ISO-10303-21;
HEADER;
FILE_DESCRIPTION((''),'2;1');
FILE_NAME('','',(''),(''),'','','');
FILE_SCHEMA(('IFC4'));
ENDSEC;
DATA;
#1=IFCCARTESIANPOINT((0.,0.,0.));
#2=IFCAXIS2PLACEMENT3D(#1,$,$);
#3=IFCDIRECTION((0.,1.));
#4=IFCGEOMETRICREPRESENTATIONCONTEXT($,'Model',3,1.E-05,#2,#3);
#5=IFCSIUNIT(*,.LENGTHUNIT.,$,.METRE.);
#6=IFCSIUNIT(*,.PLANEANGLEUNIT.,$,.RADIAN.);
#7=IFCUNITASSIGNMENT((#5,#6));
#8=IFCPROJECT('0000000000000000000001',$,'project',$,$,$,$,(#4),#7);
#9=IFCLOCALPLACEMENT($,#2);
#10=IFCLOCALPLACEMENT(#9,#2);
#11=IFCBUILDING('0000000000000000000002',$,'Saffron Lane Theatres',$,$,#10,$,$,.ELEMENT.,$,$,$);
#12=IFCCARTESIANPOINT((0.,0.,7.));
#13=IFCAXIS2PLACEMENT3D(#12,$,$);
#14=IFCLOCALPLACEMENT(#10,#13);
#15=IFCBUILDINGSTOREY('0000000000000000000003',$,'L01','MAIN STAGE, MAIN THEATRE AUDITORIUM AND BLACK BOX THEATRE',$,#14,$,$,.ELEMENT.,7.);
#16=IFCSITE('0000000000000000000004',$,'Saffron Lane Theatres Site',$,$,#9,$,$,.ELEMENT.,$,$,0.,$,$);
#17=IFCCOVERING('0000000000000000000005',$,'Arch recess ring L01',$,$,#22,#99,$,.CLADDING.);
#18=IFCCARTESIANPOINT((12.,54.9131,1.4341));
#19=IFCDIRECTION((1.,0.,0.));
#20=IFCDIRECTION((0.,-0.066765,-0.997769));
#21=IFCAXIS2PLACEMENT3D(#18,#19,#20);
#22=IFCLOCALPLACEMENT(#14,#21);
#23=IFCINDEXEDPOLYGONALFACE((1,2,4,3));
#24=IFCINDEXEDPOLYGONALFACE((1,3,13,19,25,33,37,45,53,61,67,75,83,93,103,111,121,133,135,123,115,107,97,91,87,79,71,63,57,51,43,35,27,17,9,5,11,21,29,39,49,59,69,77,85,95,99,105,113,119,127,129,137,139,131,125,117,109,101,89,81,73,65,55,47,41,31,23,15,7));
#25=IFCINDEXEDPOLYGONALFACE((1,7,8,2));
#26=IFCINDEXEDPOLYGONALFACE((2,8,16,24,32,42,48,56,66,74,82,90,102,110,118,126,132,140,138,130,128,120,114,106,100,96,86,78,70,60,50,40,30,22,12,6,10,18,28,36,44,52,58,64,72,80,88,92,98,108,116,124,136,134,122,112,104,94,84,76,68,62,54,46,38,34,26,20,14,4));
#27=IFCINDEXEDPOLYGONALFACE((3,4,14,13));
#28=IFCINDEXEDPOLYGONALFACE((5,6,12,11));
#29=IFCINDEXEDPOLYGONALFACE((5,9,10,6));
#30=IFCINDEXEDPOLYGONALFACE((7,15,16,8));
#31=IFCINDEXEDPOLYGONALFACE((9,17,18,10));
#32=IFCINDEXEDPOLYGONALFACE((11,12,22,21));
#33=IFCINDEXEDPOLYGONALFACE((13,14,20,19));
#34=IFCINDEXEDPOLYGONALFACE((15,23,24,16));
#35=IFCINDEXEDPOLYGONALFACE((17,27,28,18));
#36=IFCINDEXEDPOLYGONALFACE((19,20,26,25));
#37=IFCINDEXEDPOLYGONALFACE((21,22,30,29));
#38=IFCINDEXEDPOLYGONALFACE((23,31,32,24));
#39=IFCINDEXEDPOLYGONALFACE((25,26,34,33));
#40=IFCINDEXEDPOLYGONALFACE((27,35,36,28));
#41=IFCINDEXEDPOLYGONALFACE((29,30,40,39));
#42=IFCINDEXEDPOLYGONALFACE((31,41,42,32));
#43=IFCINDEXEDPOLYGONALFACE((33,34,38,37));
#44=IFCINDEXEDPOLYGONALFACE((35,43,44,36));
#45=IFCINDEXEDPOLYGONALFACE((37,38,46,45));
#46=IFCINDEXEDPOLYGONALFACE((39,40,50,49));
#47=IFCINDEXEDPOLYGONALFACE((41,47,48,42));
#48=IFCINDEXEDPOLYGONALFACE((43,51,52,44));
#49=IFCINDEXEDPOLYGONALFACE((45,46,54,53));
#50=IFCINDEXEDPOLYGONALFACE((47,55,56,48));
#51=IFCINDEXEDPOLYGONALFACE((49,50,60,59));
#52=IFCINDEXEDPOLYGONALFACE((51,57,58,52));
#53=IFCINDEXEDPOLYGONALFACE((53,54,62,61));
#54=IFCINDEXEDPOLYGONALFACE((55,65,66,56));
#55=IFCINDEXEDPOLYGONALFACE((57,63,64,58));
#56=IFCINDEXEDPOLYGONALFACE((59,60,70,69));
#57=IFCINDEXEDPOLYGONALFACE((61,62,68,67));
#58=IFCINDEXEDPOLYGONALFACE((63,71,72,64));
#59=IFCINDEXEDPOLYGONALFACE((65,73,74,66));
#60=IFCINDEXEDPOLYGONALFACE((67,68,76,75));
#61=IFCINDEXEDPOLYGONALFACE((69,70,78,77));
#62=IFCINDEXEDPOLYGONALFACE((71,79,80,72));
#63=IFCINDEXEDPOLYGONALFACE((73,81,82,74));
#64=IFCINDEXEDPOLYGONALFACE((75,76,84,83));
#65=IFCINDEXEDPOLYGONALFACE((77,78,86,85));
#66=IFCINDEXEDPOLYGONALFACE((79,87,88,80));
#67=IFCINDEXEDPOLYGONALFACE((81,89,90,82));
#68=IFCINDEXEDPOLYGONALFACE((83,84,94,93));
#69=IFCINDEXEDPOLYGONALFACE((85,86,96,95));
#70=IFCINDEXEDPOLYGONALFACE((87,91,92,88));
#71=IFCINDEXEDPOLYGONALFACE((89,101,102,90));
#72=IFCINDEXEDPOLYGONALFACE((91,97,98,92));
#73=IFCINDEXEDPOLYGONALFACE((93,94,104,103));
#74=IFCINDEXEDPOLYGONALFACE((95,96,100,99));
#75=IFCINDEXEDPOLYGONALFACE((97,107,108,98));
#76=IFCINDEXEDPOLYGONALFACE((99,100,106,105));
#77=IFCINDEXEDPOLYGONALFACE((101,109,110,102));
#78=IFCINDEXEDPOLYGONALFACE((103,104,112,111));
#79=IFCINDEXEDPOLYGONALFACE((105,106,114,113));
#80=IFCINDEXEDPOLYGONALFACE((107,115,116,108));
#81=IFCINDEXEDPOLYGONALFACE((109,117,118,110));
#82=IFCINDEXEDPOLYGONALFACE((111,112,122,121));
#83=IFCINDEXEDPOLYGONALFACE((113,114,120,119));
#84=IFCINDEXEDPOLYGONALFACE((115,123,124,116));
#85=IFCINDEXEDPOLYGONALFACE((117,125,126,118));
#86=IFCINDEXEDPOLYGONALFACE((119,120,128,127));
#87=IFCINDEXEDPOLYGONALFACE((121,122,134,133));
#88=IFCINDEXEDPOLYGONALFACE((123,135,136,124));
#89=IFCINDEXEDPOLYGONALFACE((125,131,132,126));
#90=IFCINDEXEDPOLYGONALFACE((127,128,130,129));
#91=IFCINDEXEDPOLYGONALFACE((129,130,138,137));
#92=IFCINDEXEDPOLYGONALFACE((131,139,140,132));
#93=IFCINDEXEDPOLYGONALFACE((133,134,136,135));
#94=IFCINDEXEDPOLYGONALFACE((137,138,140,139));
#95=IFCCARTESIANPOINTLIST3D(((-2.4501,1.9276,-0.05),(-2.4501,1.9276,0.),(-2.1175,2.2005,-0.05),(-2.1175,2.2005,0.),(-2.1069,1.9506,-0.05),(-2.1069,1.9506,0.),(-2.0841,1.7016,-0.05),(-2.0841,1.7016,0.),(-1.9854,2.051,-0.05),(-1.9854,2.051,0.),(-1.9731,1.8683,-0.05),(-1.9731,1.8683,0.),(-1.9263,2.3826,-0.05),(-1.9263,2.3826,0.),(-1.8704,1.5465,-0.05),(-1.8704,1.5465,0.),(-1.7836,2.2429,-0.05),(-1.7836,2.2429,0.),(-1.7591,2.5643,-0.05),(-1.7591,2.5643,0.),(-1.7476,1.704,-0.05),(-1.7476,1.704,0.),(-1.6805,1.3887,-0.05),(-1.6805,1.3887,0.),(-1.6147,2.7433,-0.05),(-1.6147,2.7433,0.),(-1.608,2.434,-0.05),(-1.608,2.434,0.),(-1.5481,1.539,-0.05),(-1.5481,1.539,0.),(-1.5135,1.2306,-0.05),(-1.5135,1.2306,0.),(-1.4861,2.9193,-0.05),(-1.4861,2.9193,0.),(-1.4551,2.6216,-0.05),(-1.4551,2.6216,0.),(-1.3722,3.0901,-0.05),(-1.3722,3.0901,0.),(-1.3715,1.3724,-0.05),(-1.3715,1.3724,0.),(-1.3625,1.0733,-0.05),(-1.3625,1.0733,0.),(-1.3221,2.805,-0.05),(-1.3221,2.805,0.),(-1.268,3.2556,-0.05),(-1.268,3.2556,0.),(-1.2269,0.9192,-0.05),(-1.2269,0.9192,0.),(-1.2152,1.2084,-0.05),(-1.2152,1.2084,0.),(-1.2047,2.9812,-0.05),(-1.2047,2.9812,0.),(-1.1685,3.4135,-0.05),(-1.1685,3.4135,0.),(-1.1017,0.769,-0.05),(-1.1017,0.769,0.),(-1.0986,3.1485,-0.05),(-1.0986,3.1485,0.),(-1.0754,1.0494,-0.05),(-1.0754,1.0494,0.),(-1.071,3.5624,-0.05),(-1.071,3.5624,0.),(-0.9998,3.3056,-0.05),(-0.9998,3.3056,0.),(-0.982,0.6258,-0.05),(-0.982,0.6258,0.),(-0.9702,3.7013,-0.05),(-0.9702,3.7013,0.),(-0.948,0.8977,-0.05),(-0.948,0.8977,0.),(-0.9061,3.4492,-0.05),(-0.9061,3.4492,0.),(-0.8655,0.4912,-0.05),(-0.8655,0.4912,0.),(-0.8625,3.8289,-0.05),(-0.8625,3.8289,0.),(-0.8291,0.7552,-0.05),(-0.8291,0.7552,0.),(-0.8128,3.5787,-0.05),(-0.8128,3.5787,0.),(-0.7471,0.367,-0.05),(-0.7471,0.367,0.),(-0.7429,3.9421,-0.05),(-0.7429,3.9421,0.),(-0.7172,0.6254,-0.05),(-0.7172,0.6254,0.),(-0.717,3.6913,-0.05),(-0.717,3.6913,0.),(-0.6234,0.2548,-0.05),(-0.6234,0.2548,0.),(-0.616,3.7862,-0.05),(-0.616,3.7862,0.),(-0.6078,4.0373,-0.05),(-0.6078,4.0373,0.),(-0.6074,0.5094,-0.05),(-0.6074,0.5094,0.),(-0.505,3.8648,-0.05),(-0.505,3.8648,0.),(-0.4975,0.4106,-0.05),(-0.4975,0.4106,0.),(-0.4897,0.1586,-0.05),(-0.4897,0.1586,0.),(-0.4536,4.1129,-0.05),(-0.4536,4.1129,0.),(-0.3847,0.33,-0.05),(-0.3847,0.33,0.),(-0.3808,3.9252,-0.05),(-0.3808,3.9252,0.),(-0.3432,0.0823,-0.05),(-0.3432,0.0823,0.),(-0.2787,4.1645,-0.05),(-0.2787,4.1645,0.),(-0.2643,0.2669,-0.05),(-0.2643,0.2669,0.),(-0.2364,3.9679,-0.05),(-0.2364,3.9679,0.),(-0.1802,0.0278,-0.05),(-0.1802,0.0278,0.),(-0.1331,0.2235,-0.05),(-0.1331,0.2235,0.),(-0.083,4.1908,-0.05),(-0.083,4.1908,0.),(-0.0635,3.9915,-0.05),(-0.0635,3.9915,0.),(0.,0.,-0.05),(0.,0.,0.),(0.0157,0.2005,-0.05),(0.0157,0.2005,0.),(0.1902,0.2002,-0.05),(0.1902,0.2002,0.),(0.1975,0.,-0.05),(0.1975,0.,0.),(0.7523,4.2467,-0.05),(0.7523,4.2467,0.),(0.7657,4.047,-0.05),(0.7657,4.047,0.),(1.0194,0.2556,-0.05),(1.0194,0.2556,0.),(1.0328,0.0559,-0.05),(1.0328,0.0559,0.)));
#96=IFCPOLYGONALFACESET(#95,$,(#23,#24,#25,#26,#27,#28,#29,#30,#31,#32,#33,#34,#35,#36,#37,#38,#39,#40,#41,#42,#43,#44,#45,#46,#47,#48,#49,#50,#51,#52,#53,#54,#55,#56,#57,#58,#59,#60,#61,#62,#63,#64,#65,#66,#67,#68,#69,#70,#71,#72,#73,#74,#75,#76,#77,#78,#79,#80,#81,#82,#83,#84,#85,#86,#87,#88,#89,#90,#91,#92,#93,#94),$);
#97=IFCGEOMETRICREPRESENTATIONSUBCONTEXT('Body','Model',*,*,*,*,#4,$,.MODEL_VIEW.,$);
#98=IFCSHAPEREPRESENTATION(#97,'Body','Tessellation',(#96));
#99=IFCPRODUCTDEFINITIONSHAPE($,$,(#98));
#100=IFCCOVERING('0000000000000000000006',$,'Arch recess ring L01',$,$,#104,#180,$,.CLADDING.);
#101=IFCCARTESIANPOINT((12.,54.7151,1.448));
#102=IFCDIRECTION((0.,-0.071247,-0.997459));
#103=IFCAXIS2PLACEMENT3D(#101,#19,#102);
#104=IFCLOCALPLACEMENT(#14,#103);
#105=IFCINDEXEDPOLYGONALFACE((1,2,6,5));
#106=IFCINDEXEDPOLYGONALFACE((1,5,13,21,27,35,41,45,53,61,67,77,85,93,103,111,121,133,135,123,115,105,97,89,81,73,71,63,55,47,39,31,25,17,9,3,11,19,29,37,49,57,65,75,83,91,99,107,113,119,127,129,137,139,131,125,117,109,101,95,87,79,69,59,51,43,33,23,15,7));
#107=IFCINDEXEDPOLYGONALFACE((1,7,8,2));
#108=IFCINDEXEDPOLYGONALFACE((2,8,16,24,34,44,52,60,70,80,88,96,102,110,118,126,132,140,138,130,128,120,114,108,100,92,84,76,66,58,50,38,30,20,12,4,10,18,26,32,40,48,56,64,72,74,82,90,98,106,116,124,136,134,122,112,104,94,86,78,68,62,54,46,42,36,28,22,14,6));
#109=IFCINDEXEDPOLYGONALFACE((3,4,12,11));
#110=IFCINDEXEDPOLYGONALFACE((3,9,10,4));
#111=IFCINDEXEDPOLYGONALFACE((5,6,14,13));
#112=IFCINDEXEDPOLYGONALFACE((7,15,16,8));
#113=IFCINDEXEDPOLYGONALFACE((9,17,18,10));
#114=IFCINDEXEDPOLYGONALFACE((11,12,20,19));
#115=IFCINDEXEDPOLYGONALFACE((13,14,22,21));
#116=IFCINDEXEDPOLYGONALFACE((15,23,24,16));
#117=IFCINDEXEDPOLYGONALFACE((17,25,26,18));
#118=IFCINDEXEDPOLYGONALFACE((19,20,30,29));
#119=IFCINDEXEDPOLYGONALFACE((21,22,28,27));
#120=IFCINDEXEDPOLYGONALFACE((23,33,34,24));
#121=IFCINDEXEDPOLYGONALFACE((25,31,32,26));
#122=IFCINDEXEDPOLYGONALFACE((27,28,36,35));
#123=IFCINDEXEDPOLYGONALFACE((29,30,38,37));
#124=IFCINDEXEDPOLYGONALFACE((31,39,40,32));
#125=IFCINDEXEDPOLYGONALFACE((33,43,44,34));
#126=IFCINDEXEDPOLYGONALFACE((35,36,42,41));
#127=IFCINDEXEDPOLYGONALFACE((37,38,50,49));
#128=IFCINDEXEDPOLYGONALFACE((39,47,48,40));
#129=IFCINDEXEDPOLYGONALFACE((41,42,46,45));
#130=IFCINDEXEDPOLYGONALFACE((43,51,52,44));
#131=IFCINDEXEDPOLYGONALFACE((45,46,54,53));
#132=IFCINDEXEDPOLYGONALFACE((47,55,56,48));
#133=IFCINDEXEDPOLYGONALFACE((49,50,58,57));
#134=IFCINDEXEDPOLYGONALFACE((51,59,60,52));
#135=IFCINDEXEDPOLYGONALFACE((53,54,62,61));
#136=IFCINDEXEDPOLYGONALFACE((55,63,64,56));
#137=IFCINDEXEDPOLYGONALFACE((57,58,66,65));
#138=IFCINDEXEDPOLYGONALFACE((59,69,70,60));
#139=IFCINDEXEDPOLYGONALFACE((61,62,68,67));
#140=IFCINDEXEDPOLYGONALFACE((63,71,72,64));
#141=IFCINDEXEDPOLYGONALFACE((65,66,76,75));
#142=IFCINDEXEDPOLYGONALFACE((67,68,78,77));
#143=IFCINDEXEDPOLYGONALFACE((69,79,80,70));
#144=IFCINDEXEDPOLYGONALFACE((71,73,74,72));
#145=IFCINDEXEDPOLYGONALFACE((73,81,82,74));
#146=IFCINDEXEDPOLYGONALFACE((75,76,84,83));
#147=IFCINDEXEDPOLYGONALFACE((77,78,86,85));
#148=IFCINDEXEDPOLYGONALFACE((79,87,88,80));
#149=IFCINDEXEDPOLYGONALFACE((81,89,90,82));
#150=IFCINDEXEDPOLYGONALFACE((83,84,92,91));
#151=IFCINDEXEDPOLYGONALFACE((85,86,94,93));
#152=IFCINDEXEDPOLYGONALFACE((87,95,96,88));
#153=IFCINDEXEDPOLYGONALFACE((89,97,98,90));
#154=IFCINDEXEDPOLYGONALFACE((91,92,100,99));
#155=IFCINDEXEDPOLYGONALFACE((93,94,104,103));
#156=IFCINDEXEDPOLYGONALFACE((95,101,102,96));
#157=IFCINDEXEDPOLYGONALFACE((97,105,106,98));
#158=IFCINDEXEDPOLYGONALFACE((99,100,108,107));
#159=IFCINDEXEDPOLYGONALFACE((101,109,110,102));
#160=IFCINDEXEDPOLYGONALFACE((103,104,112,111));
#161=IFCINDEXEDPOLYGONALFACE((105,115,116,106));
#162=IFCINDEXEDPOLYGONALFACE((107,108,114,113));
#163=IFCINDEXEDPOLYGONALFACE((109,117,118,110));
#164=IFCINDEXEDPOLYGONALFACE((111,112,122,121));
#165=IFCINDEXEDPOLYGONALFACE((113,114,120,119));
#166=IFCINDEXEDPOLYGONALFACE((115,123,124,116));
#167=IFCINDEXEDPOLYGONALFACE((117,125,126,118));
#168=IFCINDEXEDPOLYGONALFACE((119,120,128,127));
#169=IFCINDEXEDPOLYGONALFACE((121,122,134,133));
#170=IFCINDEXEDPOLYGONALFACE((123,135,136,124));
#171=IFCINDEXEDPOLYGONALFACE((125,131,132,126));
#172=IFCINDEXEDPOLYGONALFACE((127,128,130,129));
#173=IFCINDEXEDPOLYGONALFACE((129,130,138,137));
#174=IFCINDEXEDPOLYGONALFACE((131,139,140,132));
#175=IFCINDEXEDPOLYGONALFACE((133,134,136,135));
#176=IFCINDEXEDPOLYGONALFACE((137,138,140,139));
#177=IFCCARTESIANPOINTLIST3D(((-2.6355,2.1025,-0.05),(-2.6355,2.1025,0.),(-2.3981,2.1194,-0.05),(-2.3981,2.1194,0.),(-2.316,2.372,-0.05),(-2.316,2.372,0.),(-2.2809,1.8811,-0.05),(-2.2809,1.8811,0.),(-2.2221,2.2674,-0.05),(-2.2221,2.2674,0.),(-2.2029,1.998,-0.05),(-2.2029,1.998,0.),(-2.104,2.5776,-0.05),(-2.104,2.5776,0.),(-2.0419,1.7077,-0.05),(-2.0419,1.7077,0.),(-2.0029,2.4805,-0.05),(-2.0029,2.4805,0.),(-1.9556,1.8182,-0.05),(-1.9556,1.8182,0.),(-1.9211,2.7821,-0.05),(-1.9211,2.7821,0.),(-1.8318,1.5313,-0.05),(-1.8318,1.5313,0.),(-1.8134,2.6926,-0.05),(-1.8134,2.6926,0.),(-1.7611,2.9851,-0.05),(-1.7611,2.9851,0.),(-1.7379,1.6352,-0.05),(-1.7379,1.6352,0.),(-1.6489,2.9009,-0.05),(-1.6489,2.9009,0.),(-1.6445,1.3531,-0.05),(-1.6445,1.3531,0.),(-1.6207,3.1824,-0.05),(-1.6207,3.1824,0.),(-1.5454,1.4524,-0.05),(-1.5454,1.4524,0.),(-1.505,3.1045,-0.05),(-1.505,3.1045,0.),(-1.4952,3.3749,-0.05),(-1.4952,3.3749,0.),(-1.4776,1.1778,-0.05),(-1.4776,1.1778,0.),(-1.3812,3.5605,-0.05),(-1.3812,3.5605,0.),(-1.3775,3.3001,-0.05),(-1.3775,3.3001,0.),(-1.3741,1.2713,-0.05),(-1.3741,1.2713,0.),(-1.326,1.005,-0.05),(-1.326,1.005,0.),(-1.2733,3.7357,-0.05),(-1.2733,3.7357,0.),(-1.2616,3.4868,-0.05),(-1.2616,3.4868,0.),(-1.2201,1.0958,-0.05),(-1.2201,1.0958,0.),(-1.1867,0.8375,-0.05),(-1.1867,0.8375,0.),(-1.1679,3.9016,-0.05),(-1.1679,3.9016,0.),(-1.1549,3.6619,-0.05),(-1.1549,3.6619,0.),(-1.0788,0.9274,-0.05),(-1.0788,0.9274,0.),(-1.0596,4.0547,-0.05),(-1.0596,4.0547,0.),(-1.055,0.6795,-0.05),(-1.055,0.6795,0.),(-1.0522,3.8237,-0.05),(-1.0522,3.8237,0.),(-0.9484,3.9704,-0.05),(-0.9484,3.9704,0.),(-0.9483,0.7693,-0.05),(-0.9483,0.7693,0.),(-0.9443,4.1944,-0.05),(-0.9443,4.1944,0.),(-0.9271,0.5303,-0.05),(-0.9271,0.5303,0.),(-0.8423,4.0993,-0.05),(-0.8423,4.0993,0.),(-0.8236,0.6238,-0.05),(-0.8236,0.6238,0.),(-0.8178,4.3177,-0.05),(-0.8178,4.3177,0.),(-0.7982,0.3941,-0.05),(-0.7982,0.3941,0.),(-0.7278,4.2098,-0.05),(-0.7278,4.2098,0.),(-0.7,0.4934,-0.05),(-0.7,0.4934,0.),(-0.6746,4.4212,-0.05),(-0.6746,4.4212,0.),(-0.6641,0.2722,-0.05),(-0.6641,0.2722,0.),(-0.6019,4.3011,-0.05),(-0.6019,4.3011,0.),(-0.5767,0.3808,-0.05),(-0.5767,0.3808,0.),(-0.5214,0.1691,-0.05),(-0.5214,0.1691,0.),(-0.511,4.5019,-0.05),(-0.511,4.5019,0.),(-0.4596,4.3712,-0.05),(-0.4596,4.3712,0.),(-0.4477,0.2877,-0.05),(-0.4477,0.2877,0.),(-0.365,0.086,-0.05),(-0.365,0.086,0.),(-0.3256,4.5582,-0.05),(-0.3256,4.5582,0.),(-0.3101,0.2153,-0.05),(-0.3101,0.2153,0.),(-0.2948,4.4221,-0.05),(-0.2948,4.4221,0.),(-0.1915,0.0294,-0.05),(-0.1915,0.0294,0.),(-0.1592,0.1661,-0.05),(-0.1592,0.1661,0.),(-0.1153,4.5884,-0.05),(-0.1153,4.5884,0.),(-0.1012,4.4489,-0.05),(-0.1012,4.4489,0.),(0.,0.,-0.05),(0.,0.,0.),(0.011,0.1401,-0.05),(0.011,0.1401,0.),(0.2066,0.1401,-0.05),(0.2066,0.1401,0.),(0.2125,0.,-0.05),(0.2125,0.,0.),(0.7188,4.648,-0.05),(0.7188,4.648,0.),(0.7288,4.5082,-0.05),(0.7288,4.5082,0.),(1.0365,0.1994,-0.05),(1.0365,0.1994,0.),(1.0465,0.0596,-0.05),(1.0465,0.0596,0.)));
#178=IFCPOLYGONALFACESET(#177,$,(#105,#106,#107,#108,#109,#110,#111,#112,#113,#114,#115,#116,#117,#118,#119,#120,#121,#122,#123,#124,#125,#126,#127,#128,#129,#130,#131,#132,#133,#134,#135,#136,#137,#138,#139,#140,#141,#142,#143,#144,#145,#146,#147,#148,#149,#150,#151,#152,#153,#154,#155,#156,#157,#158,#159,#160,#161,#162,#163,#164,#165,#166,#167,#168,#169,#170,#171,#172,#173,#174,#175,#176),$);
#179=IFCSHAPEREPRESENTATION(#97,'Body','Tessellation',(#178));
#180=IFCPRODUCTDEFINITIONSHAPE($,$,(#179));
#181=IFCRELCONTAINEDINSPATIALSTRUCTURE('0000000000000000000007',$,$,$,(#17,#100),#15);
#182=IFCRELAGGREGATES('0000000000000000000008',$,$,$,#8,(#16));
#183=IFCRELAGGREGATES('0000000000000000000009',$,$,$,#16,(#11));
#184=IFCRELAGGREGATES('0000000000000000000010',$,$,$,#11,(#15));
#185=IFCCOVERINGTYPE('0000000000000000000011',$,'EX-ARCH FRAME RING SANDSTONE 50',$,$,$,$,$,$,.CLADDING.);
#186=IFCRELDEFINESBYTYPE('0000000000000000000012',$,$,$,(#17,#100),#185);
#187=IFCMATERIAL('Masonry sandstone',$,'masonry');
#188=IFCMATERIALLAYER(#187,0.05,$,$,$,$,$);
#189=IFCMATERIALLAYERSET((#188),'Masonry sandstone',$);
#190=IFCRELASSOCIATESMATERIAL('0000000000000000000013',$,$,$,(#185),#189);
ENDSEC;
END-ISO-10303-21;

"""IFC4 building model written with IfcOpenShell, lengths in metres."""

from ifc_helpers import new_model, si_unit, direction, frame, origin, place, context, subcontext, project, spatial, polyline, outline, extrude, material, layer, layer_set, type_object, element, save


model = new_model("IFC4")

# Units and contexts
model_context = context("Model", 3, precision=1e-05, world=origin(), true_north=direction((0.0, 1.0)))
body_context = subcontext(model_context, "Body", "Model", "MODEL_VIEW")
ifc_project = project(units=[si_unit("LENGTHUNIT", "METRE"), si_unit("PLANEANGLEUNIT", "RADIAN")], contexts=[model_context])

# Site, building, storey
site_placement = place(None, origin())
site = spatial("IfcSite", under=ifc_project, at=site_placement, Name="Saffron Lane Theatres Site", CompositionType="ELEMENT", RefElevation=0.0)
building_placement = place(site_placement, origin())
building = spatial("IfcBuilding", under=site, at=building_placement, Name="Saffron Lane Theatres", CompositionType="ELEMENT")
storey_placement = place(building_placement, frame((0.0, 0.0, 7.0)))
storey = spatial("IfcBuildingStorey", under=building, at=storey_placement, Name="L01", Description="MAIN STAGE, MAIN THEATRE AUDITORIUM AND BLACK BOX THEATRE", CompositionType="ELEMENT", Elevation=7.0)

# Coverings
ifc_material_1 = material(Name="Masonry sandstone", Category="masonry")
ifc_layer_1 = layer(ifc_material_1, 0.05)
ifc_layer_set_1 = layer_set([ifc_layer_1], Name="Masonry sandstone")
covering_type_1 = type_object("IfcCoveringType", Name="EX-ARCH FRAME RING SANDSTONE 50", PredefinedType="CLADDING", material=ifc_layer_set_1)
covering_1_placement = place(storey_placement, frame((12.0, 54.9131, 1.4341), z_axis=(1.0, 0.0, 0.0), x_axis=(0.0, -0.066765, -0.997769)))
element("IfcCovering", 1, at=covering_1_placement, inside=storey, type_object=covering_type_1, Name="Arch recess ring L01", PredefinedType="CLADDING", context=body_context, shape_type="SweptSolid", body=[
    extrude(outline(polyline([(0.0, 0.0), (0.1975, 0.0), (1.0328, 0.0559), (1.0194, 0.2556), (0.1902, 0.2002), (0.0157, 0.2005), (-0.1331, 0.2235), (-0.2643, 0.2669), (-0.3847, 0.33), (-0.4975, 0.4106), (-0.6074, 0.5094), (-0.7172, 0.6254), (-0.8291, 0.7552), (-0.948, 0.8977), (-1.0754, 1.0494), (-1.2152, 1.2084), (-1.3715, 1.3724), (-1.5481, 1.539), (-1.7476, 1.704), (-1.9731, 1.8683), (-2.1069, 1.9506), (-1.9854, 2.051), (-1.7836, 2.2429), (-1.608, 2.434), (-1.4551, 2.6216), (-1.3221, 2.805), (-1.2047, 2.9812), (-1.0986, 3.1485), (-0.9998, 3.3056), (-0.9061, 3.4492), (-0.8128, 3.5787), (-0.717, 3.6913), (-0.616, 3.7862), (-0.505, 3.8648), (-0.3808, 3.9252), (-0.2364, 3.9679), (-0.0635, 3.9915), (0.7657, 4.047), (0.7523, 4.2467), (-0.083, 4.1908), (-0.2787, 4.1645), (-0.4536, 4.1129), (-0.6078, 4.0373), (-0.7429, 3.9421), (-0.8625, 3.8289), (-0.9702, 3.7013), (-1.071, 3.5624), (-1.1685, 3.4135), (-1.268, 3.2556), (-1.3722, 3.0901), (-1.4861, 2.9193), (-1.6147, 2.7433), (-1.7591, 2.5643), (-1.9263, 2.3826), (-2.1175, 2.2005), (-2.4501, 1.9276), (-2.0841, 1.7016), (-1.8704, 1.5465), (-1.6805, 1.3887), (-1.5135, 1.2306), (-1.3625, 1.0733), (-1.2269, 0.9192), (-1.1017, 0.769), (-0.982, 0.6258), (-0.8655, 0.4912), (-0.7471, 0.367), (-0.6234, 0.2548), (-0.4897, 0.1586), (-0.3432, 0.0823), (-0.1802, 0.0278), (0.0, 0.0)])), origin(), (0.0, 0.0, -1.0), 0.05),
])
covering_2_placement = place(storey_placement, frame((12.0, 54.7151, 1.448), z_axis=(1.0, 0.0, 0.0), x_axis=(0.0, -0.071247, -0.997459)))
element("IfcCovering", 2, at=covering_2_placement, inside=storey, type_object=covering_type_1, Name="Arch recess ring L01", PredefinedType="CLADDING", context=body_context, shape_type="SweptSolid", body=[
    extrude(outline(polyline([(0.0, 0.0), (0.2125, 0.0), (1.0465, 0.0596), (1.0365, 0.1994), (0.2066, 0.1401), (0.011, 0.1401), (-0.1592, 0.1661), (-0.3101, 0.2153), (-0.4477, 0.2877), (-0.5767, 0.3808), (-0.7, 0.4934), (-0.8236, 0.6238), (-0.9483, 0.7693), (-1.0788, 0.9274), (-1.2201, 1.0958), (-1.3741, 1.2713), (-1.5454, 1.4524), (-1.7379, 1.6352), (-1.9556, 1.8182), (-2.2029, 1.998), (-2.3981, 2.1194), (-2.2221, 2.2674), (-2.0029, 2.4805), (-1.8134, 2.6926), (-1.6489, 2.9009), (-1.505, 3.1045), (-1.3775, 3.3001), (-1.2616, 3.4868), (-1.1549, 3.6619), (-1.0522, 3.8237), (-0.9484, 3.9704), (-0.8423, 4.0993), (-0.7278, 4.2098), (-0.6019, 4.3011), (-0.4596, 4.3712), (-0.2948, 4.4221), (-0.1012, 4.4489), (0.7288, 4.5082), (0.7188, 4.648), (-0.1153, 4.5884), (-0.3256, 4.5582), (-0.511, 4.5019), (-0.6746, 4.4212), (-0.8178, 4.3177), (-0.9443, 4.1944), (-1.0596, 4.0547), (-1.1679, 3.9016), (-1.2733, 3.7357), (-1.3812, 3.5605), (-1.4952, 3.3749), (-1.6207, 3.1824), (-1.7611, 2.9851), (-1.9211, 2.7821), (-2.104, 2.5776), (-2.316, 2.372), (-2.6355, 2.1025), (-2.2809, 1.8811), (-2.0419, 1.7077), (-1.8318, 1.5313), (-1.6445, 1.3531), (-1.4776, 1.1778), (-1.326, 1.005), (-1.1867, 0.8375), (-1.055, 0.6795), (-0.9271, 0.5303), (-0.7982, 0.3941), (-0.6641, 0.2722), (-0.5214, 0.1691), (-0.365, 0.086), (-0.1915, 0.0294), (0.0, 0.0)])), origin(), (0.0, 0.0, -1.0), 0.05),
])

save(model, "model.ifc")
